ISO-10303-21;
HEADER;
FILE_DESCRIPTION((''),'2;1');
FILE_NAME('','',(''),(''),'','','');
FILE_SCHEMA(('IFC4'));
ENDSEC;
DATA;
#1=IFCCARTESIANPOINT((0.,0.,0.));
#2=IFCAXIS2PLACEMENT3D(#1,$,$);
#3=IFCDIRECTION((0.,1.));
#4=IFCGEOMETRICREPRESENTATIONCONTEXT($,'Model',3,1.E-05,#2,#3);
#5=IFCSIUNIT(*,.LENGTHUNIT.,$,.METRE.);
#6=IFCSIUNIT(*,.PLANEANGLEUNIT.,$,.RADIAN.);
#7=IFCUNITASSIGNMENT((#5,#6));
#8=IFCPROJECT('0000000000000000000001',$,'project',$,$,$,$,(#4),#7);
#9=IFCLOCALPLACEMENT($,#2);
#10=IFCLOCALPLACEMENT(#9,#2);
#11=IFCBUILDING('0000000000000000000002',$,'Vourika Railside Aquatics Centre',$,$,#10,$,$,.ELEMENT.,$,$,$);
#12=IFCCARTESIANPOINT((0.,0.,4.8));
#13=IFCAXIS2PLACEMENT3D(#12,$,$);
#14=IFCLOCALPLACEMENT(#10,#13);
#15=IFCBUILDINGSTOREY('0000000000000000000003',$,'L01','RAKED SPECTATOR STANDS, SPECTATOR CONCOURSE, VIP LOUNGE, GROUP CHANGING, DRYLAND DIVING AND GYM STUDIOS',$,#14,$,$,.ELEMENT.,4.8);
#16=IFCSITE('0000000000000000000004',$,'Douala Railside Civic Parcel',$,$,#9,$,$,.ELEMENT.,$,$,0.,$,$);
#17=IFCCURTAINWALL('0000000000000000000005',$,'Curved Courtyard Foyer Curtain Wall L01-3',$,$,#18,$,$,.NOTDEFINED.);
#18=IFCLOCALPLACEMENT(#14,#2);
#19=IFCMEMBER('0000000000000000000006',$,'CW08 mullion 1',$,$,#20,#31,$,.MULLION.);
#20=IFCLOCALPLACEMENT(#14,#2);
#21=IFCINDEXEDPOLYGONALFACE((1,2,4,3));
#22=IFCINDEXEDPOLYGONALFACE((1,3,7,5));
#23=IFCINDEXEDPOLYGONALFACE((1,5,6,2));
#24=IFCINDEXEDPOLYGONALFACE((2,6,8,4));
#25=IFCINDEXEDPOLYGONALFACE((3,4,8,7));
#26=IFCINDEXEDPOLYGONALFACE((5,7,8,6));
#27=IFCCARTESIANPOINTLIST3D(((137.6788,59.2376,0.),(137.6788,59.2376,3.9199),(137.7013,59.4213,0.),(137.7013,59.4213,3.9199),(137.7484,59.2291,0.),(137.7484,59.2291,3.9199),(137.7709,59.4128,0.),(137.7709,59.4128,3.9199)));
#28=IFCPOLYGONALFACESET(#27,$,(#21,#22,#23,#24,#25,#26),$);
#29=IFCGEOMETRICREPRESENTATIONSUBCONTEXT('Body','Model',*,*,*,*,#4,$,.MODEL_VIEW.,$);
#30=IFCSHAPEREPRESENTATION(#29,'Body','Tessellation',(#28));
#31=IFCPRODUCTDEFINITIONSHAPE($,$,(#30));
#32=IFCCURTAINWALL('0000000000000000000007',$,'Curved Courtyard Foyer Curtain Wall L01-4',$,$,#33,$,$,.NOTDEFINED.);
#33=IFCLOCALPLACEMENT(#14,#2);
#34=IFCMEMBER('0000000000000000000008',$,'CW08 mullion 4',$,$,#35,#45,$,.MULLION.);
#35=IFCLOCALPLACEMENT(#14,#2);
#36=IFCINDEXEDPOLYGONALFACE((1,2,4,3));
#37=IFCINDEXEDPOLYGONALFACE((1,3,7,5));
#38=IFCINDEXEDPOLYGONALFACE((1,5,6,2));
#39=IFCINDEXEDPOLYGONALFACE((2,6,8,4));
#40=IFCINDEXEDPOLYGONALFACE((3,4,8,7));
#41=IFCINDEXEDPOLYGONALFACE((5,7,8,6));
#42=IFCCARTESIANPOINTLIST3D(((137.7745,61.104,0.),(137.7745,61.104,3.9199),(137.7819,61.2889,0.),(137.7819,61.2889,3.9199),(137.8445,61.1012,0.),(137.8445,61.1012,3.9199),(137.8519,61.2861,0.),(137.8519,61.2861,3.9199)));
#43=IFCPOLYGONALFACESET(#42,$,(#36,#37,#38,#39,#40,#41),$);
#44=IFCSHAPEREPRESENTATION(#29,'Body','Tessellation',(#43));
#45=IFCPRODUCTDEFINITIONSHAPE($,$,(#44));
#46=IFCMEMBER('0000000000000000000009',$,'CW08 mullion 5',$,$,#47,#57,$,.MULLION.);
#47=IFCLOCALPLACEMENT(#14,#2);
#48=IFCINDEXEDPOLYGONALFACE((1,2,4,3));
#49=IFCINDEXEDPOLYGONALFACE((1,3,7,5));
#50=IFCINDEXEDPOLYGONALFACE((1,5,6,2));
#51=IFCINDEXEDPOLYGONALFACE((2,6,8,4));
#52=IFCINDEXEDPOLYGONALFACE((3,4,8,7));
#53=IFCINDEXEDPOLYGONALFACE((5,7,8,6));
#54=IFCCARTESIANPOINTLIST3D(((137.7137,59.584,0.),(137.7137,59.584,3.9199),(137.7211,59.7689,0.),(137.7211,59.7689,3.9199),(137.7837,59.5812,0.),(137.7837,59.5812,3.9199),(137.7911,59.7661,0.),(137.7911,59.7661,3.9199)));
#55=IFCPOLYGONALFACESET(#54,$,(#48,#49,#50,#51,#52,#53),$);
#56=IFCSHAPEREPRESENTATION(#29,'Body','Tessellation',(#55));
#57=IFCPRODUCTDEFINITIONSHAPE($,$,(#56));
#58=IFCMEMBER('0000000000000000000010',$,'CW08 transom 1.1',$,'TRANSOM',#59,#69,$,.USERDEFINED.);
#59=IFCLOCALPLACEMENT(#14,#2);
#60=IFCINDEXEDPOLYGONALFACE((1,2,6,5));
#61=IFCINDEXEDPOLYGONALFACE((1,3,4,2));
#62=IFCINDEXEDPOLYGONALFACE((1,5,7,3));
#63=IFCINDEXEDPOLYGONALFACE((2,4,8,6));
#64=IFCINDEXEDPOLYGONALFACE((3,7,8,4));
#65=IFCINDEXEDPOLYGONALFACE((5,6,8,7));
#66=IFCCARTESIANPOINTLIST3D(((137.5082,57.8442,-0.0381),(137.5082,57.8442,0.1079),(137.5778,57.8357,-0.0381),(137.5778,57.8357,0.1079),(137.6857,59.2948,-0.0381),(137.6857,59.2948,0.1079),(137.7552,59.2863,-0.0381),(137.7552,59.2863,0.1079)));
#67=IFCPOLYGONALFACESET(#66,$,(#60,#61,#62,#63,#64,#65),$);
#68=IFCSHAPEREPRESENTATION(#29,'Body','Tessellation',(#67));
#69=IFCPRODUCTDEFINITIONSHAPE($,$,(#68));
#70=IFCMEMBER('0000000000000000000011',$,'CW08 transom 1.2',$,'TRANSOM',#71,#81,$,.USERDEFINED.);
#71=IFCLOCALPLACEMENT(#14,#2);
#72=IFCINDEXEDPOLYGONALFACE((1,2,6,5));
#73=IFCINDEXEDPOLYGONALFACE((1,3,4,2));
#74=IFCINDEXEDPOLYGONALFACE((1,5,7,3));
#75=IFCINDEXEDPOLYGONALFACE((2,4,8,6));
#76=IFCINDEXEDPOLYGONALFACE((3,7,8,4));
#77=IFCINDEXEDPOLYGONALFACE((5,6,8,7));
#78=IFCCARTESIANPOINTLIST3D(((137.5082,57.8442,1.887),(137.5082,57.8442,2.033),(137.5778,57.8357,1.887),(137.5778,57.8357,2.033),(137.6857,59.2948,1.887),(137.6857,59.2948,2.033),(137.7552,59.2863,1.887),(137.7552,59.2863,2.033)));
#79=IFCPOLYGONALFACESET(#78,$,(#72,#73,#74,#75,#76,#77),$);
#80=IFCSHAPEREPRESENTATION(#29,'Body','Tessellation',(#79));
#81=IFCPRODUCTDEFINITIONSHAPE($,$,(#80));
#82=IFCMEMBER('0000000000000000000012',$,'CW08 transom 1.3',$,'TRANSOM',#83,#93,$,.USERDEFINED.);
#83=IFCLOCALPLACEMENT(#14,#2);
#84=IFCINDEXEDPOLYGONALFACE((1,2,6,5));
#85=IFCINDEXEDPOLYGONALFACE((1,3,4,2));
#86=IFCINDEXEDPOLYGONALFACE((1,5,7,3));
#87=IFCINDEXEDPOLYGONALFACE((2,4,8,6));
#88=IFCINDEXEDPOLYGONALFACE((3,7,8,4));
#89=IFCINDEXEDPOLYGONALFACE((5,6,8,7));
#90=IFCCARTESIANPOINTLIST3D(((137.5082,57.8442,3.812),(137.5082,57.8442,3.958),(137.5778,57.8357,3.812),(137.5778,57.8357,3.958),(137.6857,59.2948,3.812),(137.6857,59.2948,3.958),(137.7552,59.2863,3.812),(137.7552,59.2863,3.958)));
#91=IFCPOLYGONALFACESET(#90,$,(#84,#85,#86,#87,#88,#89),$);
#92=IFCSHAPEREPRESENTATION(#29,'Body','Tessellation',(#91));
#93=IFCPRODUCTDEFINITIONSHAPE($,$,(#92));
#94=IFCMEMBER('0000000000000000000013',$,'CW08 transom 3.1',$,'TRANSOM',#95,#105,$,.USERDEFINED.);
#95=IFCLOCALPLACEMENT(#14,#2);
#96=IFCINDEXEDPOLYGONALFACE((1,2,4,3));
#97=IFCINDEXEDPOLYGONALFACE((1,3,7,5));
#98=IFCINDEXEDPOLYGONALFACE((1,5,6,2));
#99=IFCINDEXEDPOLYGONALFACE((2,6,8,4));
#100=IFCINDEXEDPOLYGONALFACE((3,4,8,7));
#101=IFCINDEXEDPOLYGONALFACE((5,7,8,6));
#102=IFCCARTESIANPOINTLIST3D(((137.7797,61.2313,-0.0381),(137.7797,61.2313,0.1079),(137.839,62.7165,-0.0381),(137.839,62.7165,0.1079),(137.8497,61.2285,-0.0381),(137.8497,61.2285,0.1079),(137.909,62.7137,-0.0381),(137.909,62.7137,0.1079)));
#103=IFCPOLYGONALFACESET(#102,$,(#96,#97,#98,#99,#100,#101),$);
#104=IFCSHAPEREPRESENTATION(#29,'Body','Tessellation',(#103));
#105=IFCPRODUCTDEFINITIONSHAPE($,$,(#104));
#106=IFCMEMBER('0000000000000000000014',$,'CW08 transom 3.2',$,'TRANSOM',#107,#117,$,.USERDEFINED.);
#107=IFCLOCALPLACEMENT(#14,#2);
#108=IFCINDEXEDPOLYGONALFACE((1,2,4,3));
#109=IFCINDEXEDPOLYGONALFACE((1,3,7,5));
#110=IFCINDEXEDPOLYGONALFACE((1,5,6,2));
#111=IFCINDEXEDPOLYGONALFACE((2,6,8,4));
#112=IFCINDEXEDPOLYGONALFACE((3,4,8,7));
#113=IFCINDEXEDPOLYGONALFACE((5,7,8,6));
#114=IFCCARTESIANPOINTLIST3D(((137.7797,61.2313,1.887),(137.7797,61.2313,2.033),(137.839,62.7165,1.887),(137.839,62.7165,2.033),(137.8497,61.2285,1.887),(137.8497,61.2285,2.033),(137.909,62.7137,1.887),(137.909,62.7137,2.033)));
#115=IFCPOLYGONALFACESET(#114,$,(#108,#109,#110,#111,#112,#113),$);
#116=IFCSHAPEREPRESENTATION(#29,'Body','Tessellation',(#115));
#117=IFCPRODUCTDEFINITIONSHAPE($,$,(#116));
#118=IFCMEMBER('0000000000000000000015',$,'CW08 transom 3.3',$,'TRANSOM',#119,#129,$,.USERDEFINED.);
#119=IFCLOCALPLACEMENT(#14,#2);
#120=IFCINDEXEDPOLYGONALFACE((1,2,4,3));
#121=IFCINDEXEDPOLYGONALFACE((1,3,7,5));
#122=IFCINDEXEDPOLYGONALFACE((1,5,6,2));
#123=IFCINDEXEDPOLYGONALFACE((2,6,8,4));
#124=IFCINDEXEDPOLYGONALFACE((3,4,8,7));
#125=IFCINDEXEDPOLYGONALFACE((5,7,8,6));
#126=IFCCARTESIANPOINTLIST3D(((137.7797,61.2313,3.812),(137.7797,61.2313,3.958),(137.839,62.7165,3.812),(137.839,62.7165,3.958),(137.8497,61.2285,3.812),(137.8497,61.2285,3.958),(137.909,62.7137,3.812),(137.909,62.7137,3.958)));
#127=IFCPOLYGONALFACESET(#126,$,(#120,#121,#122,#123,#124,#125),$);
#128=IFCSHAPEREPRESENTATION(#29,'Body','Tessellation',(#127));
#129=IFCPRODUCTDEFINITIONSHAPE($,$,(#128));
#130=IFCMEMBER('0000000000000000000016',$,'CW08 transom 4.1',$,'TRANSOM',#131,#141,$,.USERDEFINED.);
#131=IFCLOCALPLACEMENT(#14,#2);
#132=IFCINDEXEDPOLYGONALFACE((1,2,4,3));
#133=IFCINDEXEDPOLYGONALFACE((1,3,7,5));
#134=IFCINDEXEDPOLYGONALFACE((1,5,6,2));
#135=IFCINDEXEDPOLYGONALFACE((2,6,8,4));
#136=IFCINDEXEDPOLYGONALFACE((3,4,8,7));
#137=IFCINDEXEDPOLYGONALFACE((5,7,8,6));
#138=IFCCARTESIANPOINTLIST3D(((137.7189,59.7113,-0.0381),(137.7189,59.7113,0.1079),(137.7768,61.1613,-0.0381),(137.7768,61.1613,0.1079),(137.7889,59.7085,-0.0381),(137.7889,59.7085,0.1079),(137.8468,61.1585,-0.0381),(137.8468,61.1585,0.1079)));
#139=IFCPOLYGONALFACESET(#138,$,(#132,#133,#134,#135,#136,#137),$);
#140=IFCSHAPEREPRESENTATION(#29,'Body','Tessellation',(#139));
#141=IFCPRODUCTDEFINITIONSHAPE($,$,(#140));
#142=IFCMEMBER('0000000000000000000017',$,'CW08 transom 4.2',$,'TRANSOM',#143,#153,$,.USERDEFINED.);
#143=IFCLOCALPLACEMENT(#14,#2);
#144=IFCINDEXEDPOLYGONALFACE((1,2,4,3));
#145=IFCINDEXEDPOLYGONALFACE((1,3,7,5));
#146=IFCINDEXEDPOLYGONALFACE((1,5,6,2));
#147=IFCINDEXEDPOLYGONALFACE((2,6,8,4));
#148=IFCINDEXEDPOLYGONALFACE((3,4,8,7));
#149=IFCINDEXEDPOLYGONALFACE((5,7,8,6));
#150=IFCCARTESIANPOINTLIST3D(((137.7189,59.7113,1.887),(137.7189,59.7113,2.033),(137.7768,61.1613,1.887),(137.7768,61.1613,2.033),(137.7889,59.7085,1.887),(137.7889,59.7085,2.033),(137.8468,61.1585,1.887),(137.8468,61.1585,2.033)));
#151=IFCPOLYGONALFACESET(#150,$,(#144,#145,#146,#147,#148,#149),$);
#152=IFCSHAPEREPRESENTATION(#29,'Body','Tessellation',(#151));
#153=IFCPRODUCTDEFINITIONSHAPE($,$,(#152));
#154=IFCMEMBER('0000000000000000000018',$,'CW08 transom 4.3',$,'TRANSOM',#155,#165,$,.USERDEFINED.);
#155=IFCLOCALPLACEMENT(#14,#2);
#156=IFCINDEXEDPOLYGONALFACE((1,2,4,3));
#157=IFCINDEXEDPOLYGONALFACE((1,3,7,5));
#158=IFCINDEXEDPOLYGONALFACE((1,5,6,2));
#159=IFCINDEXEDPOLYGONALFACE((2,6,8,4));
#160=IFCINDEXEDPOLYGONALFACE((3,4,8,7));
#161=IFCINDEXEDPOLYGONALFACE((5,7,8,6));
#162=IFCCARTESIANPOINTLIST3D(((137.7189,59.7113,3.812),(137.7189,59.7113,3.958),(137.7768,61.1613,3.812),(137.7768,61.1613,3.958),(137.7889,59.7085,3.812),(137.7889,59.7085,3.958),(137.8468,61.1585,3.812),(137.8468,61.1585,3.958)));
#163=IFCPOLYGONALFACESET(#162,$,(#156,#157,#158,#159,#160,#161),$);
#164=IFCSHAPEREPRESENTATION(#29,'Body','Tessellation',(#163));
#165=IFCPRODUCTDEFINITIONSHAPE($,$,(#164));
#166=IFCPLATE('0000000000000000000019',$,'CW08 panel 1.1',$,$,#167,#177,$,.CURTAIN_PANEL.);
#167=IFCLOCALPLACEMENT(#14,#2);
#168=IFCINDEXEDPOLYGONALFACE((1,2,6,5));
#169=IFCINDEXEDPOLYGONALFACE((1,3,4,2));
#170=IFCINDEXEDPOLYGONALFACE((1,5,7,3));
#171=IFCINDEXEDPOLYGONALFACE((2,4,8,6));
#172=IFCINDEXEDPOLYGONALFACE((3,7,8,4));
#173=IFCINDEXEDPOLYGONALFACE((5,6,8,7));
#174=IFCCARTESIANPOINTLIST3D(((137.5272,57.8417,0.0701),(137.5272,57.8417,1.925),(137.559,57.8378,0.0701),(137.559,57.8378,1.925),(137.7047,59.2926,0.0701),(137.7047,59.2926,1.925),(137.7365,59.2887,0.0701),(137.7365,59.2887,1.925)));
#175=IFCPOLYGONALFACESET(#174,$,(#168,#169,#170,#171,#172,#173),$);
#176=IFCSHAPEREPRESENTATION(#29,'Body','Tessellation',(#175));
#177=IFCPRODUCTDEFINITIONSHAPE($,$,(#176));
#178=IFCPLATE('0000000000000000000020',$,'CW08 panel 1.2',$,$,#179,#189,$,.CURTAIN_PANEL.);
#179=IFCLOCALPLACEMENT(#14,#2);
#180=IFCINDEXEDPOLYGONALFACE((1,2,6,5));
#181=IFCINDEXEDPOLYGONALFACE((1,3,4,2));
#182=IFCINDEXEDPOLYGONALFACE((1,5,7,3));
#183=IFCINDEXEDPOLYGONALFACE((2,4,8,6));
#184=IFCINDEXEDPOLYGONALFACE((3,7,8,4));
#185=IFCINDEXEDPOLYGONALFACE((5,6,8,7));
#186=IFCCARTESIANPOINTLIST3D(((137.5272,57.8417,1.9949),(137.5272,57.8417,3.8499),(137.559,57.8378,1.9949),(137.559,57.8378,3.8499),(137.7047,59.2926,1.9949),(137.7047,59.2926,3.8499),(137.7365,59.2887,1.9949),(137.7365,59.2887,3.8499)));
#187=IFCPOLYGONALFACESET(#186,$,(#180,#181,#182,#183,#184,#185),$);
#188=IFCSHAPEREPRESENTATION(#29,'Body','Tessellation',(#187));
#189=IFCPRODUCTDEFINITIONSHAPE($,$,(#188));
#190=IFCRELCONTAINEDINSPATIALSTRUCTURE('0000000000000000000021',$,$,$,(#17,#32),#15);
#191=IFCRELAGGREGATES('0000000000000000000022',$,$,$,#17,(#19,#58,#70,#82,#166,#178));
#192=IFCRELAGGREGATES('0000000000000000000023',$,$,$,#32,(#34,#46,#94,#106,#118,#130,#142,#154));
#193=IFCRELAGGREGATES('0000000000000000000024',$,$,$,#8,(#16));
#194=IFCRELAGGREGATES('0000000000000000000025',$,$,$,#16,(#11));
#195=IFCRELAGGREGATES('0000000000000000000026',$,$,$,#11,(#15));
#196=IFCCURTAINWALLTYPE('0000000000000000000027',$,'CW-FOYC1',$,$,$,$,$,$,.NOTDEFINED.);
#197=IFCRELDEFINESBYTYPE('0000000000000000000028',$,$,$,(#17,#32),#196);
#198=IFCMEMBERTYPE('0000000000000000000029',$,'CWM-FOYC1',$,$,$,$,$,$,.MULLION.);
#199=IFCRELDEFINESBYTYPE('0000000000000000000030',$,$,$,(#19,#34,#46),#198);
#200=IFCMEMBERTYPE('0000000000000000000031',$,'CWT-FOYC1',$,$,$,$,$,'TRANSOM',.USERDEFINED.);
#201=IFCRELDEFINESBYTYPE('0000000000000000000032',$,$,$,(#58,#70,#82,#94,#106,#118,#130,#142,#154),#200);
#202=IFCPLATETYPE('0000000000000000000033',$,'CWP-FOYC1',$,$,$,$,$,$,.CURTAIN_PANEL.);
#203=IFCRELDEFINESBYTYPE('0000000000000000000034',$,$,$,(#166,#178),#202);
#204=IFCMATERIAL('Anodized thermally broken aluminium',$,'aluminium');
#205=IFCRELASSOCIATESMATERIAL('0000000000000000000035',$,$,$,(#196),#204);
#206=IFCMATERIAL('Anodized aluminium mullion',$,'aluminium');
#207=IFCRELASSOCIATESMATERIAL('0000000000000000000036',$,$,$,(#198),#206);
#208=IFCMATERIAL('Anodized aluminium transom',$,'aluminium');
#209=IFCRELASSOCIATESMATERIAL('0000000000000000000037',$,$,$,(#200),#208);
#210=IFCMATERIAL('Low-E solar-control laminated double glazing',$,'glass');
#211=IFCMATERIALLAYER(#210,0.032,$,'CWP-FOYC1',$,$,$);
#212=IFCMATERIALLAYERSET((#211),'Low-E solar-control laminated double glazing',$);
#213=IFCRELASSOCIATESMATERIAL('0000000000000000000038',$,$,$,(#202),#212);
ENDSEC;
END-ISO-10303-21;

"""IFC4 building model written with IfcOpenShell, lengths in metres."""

from ifc_helpers import new_model, si_unit, direction, frame, origin, origin_2d, place, context, subcontext, project, spatial, rectangle, extrude, material, layer, layer_set, material_profile, profile_set, type_object, element, aggregate, save


model = new_model("IFC4")

# Units and contexts
model_context = context("Model", 3, precision=1e-05, world=origin(), true_north=direction((0.0, 1.0)))
body_context = subcontext(model_context, "Body", "Model", "MODEL_VIEW")
ifc_project = project(units=[si_unit("LENGTHUNIT", "METRE"), si_unit("PLANEANGLEUNIT", "RADIAN")], contexts=[model_context])

# Site, building, storey
site_placement = place(None, origin())
site = spatial("IfcSite", under=ifc_project, at=site_placement, Name="Douala Railside Civic Parcel", CompositionType="ELEMENT", RefElevation=0.0)
building_placement = place(site_placement, origin())
building = spatial("IfcBuilding", under=site, at=building_placement, Name="Vourika Railside Aquatics Centre", CompositionType="ELEMENT")
storey_placement = place(building_placement, frame((0.0, 0.0, 4.8)))
storey = spatial("IfcBuildingStorey", under=building, at=storey_placement, Name="L01", Description="RAKED SPECTATOR STANDS, SPECTATOR CONCOURSE, VIP LOUNGE, GROUP CHANGING, DRYLAND DIVING AND GYM STUDIOS", CompositionType="ELEMENT", Elevation=4.8)

# Curtain wall, member
ifc_material_1 = material(Name="Anodized thermally broken aluminium", Category="aluminium")
curtain_wall_type = type_object("IfcCurtainWallType", Name="CW-FOYC1", PredefinedType="NOTDEFINED", material=ifc_material_1)
curtain_wall_1_placement = place(storey_placement, origin())
curtain_wall_1 = element("IfcCurtainWall", 1, at=curtain_wall_1_placement, inside=storey, type_object=curtain_wall_type, Name="Curved Courtyard Foyer Curtain Wall L01-3", PredefinedType="NOTDEFINED")
ifc_material_2 = material(Name="Anodized aluminium mullion", Category="aluminium")
ifc_material_profile_1 = material_profile(ifc_material_2, rectangle(XDim=0.0701, YDim=0.1851, at=origin_2d()), Name="ALU-M 70x185")
ifc_profile_set_1 = profile_set([ifc_material_profile_1], Name="Anodized aluminium mullion")
member_type_1 = type_object("IfcMemberType", Name="CWM-FOYC1", PredefinedType="MULLION", material=ifc_profile_set_1)
member_1_placement = place(storey_placement, frame((137.7249, 59.3252, 0.0), z_axis=(0.0, 0.0, 1.0), x_axis=(0.992599, -0.121442, 0.0)))
member_1 = element("IfcMember", 2, at=member_1_placement, type_object=member_type_1, Name="CW08 mullion 1", PredefinedType="MULLION", context=body_context, shape_type="SweptSolid", body=[
    extrude(rectangle(XDim=0.0701, YDim=0.1851, at=origin_2d()), origin(), (0.0, 0.0, 1.0), 3.9199),
])

# Curtain wall, members
curtain_wall_2_placement = place(storey_placement, origin())
curtain_wall_2 = element("IfcCurtainWall", 3, at=curtain_wall_2_placement, inside=storey, type_object=curtain_wall_type, Name="Curved Courtyard Foyer Curtain Wall L01-4", PredefinedType="NOTDEFINED")
member_2_placement = place(storey_placement, frame((137.8132, 61.1951, 0.0), z_axis=(0.0, 0.0, 1.0), x_axis=(0.9992, -0.04, 0.0)))
member_2 = element("IfcMember", 4, at=member_2_placement, type_object=member_type_1, Name="CW08 mullion 4", PredefinedType="MULLION", context=body_context, shape_type="SweptSolid", body=[
    extrude(rectangle(XDim=0.0701, YDim=0.1851, at=origin_2d()), origin(), (0.0, 0.0, 1.0), 3.9199),
])
member_3_placement = place(storey_placement, frame((137.7524, 59.675, 0.0), z_axis=(0.0, 0.0, 1.0), x_axis=(0.9992, -0.04, 0.0)))
member_3 = element("IfcMember", 5, at=member_3_placement, type_object=member_type_1, Name="CW08 mullion 5", PredefinedType="MULLION", context=body_context, shape_type="SweptSolid", body=[
    extrude(rectangle(XDim=0.0701, YDim=0.1851, at=origin_2d()), origin(), (0.0, 0.0, 1.0), 3.9199),
])

# Members
ifc_material_3 = material(Name="Anodized aluminium transom", Category="aluminium")
ifc_material_profile_2 = material_profile(ifc_material_3, rectangle(XDim=0.0701, YDim=0.146, at=origin_2d()), Name="ALU-T 70x146")
ifc_profile_set_2 = profile_set([ifc_material_profile_2], Name="Anodized aluminium transom")
member_type_2 = type_object("IfcMemberType", Name="CWT-FOYC1", ElementType="TRANSOM", PredefinedType="USERDEFINED", material=ifc_profile_set_2)
member_4_placement = place(storey_placement, frame((137.7205, 59.2905, 0.0349), z_axis=(-0.121444, -0.992598, 0.0), x_axis=(0.992598, -0.121444, 0.0)))
member_4 = element("IfcMember", 6, at=member_4_placement, type_object=member_type_2, Name="CW08 transom 1.1", ObjectType="TRANSOM", PredefinedType="USERDEFINED", context=body_context, shape_type="SweptSolid", body=[
    extrude(rectangle(XDim=0.0701, YDim=0.146, at=origin_2d()), origin(), (0.0, 0.0, 1.0), 1.4614),
])
member_5_placement = place(storey_placement, frame((137.7205, 59.2905, 1.96), z_axis=(-0.121444, -0.992598, 0.0), x_axis=(0.992598, -0.121444, 0.0)))
member_5 = element("IfcMember", 7, at=member_5_placement, type_object=member_type_2, Name="CW08 transom 1.2", ObjectType="TRANSOM", PredefinedType="USERDEFINED", context=body_context, shape_type="SweptSolid", body=[
    extrude(rectangle(XDim=0.0701, YDim=0.146, at=origin_2d()), origin(), (0.0, 0.0, 1.0), 1.4614),
])
member_6_placement = place(storey_placement, frame((137.7205, 59.2905, 3.885), z_axis=(-0.121444, -0.992598, 0.0), x_axis=(0.992598, -0.121444, 0.0)))
member_6 = element("IfcMember", 8, at=member_6_placement, type_object=member_type_2, Name="CW08 transom 1.3", ObjectType="TRANSOM", PredefinedType="USERDEFINED", context=body_context, shape_type="SweptSolid", body=[
    extrude(rectangle(XDim=0.0701, YDim=0.146, at=origin_2d()), origin(), (0.0, 0.0, 1.0), 1.4614),
])
member_7_placement = place(storey_placement, frame((137.874, 62.7151, 0.0349), z_axis=(-0.039916, -0.999203, 0.0), x_axis=(0.999203, -0.039916, 0.0)))
member_7 = element("IfcMember", 9, at=member_7_placement, type_object=member_type_2, Name="CW08 transom 3.1", ObjectType="TRANSOM", PredefinedType="USERDEFINED", context=body_context, shape_type="SweptSolid", body=[
    extrude(rectangle(XDim=0.0701, YDim=0.146, at=origin_2d()), origin(), (0.0, 0.0, 1.0), 1.4863),
])
member_8_placement = place(storey_placement, frame((137.874, 62.7151, 1.96), z_axis=(-0.039916, -0.999203, 0.0), x_axis=(0.999203, -0.039916, 0.0)))
member_8 = element("IfcMember", 10, at=member_8_placement, type_object=member_type_2, Name="CW08 transom 3.2", ObjectType="TRANSOM", PredefinedType="USERDEFINED", context=body_context, shape_type="SweptSolid", body=[
    extrude(rectangle(XDim=0.0701, YDim=0.146, at=origin_2d()), origin(), (0.0, 0.0, 1.0), 1.4863),
])
member_9_placement = place(storey_placement, frame((137.874, 62.7151, 3.885), z_axis=(-0.039916, -0.999203, 0.0), x_axis=(0.999203, -0.039916, 0.0)))
member_9 = element("IfcMember", 11, at=member_9_placement, type_object=member_type_2, Name="CW08 transom 3.3", ObjectType="TRANSOM", PredefinedType="USERDEFINED", context=body_context, shape_type="SweptSolid", body=[
    extrude(rectangle(XDim=0.0701, YDim=0.146, at=origin_2d()), origin(), (0.0, 0.0, 1.0), 1.4863),
])
member_10_placement = place(storey_placement, frame((137.8118, 61.1599, 0.0349), z_axis=(-0.039874, -0.999205, 0.0), x_axis=(0.999205, -0.039874, 0.0)))
member_10 = element("IfcMember", 12, at=member_10_placement, type_object=member_type_2, Name="CW08 transom 4.1", ObjectType="TRANSOM", PredefinedType="USERDEFINED", context=body_context, shape_type="SweptSolid", body=[
    extrude(rectangle(XDim=0.0701, YDim=0.146, at=origin_2d()), origin(), (0.0, 0.0, 1.0), 1.4512),
])
member_11_placement = place(storey_placement, frame((137.8118, 61.1599, 1.96), z_axis=(-0.039874, -0.999205, 0.0), x_axis=(0.999205, -0.039874, 0.0)))
member_11 = element("IfcMember", 13, at=member_11_placement, type_object=member_type_2, Name="CW08 transom 4.2", ObjectType="TRANSOM", PredefinedType="USERDEFINED", context=body_context, shape_type="SweptSolid", body=[
    extrude(rectangle(XDim=0.0701, YDim=0.146, at=origin_2d()), origin(), (0.0, 0.0, 1.0), 1.4512),
])
member_12_placement = place(storey_placement, frame((137.8118, 61.1599, 3.885), z_axis=(-0.039874, -0.999205, 0.0), x_axis=(0.999205, -0.039874, 0.0)))
member_12 = element("IfcMember", 14, at=member_12_placement, type_object=member_type_2, Name="CW08 transom 4.3", ObjectType="TRANSOM", PredefinedType="USERDEFINED", context=body_context, shape_type="SweptSolid", body=[
    extrude(rectangle(XDim=0.0701, YDim=0.146, at=origin_2d()), origin(), (0.0, 0.0, 1.0), 1.4512),
])

# Plates
ifc_material_4 = material(Name="Low-E solar-control laminated double glazing", Category="glass")
ifc_layer = layer(ifc_material_4, 0.032, Name="CWP-FOYC1")
ifc_layer_set = layer_set([ifc_layer], Name="Low-E solar-control laminated double glazing")
plate_type = type_object("IfcPlateType", Name="CWP-FOYC1", PredefinedType="CURTAIN_PANEL", material=ifc_layer_set)
plate_1_placement = place(storey_placement, frame((137.6318, 58.5652, 0.0701), z_axis=(0.0, 0.0, 1.0), x_axis=(-0.121442, -0.992599, 0.0)))
plate_1 = element("IfcPlate", 15, at=plate_1_placement, type_object=plate_type, Name="CW08 panel 1.1", PredefinedType="CURTAIN_PANEL", context=body_context, shape_type="SweptSolid", body=[
    extrude(rectangle(XDim=1.4617, YDim=0.032, at=origin_2d()), origin(), (0.0, 0.0, 1.0), 1.855),
])
plate_2_placement = place(storey_placement, frame((137.6318, 58.5652, 1.9949), z_axis=(0.0, 0.0, 1.0), x_axis=(-0.121442, -0.992599, 0.0)))
plate_2 = element("IfcPlate", 16, at=plate_2_placement, type_object=plate_type, Name="CW08 panel 1.2", PredefinedType="CURTAIN_PANEL", context=body_context, shape_type="SweptSolid", body=[
    extrude(rectangle(XDim=1.4617, YDim=0.032, at=origin_2d()), origin(), (0.0, 0.0, 1.0), 1.855),
])
aggregate(curtain_wall_1, [member_1, member_4, member_5, member_6, plate_1, plate_2])
aggregate(curtain_wall_2, [member_2, member_3, member_7, member_8, member_9, member_10, member_11, member_12])

save(model, "model.ifc")
